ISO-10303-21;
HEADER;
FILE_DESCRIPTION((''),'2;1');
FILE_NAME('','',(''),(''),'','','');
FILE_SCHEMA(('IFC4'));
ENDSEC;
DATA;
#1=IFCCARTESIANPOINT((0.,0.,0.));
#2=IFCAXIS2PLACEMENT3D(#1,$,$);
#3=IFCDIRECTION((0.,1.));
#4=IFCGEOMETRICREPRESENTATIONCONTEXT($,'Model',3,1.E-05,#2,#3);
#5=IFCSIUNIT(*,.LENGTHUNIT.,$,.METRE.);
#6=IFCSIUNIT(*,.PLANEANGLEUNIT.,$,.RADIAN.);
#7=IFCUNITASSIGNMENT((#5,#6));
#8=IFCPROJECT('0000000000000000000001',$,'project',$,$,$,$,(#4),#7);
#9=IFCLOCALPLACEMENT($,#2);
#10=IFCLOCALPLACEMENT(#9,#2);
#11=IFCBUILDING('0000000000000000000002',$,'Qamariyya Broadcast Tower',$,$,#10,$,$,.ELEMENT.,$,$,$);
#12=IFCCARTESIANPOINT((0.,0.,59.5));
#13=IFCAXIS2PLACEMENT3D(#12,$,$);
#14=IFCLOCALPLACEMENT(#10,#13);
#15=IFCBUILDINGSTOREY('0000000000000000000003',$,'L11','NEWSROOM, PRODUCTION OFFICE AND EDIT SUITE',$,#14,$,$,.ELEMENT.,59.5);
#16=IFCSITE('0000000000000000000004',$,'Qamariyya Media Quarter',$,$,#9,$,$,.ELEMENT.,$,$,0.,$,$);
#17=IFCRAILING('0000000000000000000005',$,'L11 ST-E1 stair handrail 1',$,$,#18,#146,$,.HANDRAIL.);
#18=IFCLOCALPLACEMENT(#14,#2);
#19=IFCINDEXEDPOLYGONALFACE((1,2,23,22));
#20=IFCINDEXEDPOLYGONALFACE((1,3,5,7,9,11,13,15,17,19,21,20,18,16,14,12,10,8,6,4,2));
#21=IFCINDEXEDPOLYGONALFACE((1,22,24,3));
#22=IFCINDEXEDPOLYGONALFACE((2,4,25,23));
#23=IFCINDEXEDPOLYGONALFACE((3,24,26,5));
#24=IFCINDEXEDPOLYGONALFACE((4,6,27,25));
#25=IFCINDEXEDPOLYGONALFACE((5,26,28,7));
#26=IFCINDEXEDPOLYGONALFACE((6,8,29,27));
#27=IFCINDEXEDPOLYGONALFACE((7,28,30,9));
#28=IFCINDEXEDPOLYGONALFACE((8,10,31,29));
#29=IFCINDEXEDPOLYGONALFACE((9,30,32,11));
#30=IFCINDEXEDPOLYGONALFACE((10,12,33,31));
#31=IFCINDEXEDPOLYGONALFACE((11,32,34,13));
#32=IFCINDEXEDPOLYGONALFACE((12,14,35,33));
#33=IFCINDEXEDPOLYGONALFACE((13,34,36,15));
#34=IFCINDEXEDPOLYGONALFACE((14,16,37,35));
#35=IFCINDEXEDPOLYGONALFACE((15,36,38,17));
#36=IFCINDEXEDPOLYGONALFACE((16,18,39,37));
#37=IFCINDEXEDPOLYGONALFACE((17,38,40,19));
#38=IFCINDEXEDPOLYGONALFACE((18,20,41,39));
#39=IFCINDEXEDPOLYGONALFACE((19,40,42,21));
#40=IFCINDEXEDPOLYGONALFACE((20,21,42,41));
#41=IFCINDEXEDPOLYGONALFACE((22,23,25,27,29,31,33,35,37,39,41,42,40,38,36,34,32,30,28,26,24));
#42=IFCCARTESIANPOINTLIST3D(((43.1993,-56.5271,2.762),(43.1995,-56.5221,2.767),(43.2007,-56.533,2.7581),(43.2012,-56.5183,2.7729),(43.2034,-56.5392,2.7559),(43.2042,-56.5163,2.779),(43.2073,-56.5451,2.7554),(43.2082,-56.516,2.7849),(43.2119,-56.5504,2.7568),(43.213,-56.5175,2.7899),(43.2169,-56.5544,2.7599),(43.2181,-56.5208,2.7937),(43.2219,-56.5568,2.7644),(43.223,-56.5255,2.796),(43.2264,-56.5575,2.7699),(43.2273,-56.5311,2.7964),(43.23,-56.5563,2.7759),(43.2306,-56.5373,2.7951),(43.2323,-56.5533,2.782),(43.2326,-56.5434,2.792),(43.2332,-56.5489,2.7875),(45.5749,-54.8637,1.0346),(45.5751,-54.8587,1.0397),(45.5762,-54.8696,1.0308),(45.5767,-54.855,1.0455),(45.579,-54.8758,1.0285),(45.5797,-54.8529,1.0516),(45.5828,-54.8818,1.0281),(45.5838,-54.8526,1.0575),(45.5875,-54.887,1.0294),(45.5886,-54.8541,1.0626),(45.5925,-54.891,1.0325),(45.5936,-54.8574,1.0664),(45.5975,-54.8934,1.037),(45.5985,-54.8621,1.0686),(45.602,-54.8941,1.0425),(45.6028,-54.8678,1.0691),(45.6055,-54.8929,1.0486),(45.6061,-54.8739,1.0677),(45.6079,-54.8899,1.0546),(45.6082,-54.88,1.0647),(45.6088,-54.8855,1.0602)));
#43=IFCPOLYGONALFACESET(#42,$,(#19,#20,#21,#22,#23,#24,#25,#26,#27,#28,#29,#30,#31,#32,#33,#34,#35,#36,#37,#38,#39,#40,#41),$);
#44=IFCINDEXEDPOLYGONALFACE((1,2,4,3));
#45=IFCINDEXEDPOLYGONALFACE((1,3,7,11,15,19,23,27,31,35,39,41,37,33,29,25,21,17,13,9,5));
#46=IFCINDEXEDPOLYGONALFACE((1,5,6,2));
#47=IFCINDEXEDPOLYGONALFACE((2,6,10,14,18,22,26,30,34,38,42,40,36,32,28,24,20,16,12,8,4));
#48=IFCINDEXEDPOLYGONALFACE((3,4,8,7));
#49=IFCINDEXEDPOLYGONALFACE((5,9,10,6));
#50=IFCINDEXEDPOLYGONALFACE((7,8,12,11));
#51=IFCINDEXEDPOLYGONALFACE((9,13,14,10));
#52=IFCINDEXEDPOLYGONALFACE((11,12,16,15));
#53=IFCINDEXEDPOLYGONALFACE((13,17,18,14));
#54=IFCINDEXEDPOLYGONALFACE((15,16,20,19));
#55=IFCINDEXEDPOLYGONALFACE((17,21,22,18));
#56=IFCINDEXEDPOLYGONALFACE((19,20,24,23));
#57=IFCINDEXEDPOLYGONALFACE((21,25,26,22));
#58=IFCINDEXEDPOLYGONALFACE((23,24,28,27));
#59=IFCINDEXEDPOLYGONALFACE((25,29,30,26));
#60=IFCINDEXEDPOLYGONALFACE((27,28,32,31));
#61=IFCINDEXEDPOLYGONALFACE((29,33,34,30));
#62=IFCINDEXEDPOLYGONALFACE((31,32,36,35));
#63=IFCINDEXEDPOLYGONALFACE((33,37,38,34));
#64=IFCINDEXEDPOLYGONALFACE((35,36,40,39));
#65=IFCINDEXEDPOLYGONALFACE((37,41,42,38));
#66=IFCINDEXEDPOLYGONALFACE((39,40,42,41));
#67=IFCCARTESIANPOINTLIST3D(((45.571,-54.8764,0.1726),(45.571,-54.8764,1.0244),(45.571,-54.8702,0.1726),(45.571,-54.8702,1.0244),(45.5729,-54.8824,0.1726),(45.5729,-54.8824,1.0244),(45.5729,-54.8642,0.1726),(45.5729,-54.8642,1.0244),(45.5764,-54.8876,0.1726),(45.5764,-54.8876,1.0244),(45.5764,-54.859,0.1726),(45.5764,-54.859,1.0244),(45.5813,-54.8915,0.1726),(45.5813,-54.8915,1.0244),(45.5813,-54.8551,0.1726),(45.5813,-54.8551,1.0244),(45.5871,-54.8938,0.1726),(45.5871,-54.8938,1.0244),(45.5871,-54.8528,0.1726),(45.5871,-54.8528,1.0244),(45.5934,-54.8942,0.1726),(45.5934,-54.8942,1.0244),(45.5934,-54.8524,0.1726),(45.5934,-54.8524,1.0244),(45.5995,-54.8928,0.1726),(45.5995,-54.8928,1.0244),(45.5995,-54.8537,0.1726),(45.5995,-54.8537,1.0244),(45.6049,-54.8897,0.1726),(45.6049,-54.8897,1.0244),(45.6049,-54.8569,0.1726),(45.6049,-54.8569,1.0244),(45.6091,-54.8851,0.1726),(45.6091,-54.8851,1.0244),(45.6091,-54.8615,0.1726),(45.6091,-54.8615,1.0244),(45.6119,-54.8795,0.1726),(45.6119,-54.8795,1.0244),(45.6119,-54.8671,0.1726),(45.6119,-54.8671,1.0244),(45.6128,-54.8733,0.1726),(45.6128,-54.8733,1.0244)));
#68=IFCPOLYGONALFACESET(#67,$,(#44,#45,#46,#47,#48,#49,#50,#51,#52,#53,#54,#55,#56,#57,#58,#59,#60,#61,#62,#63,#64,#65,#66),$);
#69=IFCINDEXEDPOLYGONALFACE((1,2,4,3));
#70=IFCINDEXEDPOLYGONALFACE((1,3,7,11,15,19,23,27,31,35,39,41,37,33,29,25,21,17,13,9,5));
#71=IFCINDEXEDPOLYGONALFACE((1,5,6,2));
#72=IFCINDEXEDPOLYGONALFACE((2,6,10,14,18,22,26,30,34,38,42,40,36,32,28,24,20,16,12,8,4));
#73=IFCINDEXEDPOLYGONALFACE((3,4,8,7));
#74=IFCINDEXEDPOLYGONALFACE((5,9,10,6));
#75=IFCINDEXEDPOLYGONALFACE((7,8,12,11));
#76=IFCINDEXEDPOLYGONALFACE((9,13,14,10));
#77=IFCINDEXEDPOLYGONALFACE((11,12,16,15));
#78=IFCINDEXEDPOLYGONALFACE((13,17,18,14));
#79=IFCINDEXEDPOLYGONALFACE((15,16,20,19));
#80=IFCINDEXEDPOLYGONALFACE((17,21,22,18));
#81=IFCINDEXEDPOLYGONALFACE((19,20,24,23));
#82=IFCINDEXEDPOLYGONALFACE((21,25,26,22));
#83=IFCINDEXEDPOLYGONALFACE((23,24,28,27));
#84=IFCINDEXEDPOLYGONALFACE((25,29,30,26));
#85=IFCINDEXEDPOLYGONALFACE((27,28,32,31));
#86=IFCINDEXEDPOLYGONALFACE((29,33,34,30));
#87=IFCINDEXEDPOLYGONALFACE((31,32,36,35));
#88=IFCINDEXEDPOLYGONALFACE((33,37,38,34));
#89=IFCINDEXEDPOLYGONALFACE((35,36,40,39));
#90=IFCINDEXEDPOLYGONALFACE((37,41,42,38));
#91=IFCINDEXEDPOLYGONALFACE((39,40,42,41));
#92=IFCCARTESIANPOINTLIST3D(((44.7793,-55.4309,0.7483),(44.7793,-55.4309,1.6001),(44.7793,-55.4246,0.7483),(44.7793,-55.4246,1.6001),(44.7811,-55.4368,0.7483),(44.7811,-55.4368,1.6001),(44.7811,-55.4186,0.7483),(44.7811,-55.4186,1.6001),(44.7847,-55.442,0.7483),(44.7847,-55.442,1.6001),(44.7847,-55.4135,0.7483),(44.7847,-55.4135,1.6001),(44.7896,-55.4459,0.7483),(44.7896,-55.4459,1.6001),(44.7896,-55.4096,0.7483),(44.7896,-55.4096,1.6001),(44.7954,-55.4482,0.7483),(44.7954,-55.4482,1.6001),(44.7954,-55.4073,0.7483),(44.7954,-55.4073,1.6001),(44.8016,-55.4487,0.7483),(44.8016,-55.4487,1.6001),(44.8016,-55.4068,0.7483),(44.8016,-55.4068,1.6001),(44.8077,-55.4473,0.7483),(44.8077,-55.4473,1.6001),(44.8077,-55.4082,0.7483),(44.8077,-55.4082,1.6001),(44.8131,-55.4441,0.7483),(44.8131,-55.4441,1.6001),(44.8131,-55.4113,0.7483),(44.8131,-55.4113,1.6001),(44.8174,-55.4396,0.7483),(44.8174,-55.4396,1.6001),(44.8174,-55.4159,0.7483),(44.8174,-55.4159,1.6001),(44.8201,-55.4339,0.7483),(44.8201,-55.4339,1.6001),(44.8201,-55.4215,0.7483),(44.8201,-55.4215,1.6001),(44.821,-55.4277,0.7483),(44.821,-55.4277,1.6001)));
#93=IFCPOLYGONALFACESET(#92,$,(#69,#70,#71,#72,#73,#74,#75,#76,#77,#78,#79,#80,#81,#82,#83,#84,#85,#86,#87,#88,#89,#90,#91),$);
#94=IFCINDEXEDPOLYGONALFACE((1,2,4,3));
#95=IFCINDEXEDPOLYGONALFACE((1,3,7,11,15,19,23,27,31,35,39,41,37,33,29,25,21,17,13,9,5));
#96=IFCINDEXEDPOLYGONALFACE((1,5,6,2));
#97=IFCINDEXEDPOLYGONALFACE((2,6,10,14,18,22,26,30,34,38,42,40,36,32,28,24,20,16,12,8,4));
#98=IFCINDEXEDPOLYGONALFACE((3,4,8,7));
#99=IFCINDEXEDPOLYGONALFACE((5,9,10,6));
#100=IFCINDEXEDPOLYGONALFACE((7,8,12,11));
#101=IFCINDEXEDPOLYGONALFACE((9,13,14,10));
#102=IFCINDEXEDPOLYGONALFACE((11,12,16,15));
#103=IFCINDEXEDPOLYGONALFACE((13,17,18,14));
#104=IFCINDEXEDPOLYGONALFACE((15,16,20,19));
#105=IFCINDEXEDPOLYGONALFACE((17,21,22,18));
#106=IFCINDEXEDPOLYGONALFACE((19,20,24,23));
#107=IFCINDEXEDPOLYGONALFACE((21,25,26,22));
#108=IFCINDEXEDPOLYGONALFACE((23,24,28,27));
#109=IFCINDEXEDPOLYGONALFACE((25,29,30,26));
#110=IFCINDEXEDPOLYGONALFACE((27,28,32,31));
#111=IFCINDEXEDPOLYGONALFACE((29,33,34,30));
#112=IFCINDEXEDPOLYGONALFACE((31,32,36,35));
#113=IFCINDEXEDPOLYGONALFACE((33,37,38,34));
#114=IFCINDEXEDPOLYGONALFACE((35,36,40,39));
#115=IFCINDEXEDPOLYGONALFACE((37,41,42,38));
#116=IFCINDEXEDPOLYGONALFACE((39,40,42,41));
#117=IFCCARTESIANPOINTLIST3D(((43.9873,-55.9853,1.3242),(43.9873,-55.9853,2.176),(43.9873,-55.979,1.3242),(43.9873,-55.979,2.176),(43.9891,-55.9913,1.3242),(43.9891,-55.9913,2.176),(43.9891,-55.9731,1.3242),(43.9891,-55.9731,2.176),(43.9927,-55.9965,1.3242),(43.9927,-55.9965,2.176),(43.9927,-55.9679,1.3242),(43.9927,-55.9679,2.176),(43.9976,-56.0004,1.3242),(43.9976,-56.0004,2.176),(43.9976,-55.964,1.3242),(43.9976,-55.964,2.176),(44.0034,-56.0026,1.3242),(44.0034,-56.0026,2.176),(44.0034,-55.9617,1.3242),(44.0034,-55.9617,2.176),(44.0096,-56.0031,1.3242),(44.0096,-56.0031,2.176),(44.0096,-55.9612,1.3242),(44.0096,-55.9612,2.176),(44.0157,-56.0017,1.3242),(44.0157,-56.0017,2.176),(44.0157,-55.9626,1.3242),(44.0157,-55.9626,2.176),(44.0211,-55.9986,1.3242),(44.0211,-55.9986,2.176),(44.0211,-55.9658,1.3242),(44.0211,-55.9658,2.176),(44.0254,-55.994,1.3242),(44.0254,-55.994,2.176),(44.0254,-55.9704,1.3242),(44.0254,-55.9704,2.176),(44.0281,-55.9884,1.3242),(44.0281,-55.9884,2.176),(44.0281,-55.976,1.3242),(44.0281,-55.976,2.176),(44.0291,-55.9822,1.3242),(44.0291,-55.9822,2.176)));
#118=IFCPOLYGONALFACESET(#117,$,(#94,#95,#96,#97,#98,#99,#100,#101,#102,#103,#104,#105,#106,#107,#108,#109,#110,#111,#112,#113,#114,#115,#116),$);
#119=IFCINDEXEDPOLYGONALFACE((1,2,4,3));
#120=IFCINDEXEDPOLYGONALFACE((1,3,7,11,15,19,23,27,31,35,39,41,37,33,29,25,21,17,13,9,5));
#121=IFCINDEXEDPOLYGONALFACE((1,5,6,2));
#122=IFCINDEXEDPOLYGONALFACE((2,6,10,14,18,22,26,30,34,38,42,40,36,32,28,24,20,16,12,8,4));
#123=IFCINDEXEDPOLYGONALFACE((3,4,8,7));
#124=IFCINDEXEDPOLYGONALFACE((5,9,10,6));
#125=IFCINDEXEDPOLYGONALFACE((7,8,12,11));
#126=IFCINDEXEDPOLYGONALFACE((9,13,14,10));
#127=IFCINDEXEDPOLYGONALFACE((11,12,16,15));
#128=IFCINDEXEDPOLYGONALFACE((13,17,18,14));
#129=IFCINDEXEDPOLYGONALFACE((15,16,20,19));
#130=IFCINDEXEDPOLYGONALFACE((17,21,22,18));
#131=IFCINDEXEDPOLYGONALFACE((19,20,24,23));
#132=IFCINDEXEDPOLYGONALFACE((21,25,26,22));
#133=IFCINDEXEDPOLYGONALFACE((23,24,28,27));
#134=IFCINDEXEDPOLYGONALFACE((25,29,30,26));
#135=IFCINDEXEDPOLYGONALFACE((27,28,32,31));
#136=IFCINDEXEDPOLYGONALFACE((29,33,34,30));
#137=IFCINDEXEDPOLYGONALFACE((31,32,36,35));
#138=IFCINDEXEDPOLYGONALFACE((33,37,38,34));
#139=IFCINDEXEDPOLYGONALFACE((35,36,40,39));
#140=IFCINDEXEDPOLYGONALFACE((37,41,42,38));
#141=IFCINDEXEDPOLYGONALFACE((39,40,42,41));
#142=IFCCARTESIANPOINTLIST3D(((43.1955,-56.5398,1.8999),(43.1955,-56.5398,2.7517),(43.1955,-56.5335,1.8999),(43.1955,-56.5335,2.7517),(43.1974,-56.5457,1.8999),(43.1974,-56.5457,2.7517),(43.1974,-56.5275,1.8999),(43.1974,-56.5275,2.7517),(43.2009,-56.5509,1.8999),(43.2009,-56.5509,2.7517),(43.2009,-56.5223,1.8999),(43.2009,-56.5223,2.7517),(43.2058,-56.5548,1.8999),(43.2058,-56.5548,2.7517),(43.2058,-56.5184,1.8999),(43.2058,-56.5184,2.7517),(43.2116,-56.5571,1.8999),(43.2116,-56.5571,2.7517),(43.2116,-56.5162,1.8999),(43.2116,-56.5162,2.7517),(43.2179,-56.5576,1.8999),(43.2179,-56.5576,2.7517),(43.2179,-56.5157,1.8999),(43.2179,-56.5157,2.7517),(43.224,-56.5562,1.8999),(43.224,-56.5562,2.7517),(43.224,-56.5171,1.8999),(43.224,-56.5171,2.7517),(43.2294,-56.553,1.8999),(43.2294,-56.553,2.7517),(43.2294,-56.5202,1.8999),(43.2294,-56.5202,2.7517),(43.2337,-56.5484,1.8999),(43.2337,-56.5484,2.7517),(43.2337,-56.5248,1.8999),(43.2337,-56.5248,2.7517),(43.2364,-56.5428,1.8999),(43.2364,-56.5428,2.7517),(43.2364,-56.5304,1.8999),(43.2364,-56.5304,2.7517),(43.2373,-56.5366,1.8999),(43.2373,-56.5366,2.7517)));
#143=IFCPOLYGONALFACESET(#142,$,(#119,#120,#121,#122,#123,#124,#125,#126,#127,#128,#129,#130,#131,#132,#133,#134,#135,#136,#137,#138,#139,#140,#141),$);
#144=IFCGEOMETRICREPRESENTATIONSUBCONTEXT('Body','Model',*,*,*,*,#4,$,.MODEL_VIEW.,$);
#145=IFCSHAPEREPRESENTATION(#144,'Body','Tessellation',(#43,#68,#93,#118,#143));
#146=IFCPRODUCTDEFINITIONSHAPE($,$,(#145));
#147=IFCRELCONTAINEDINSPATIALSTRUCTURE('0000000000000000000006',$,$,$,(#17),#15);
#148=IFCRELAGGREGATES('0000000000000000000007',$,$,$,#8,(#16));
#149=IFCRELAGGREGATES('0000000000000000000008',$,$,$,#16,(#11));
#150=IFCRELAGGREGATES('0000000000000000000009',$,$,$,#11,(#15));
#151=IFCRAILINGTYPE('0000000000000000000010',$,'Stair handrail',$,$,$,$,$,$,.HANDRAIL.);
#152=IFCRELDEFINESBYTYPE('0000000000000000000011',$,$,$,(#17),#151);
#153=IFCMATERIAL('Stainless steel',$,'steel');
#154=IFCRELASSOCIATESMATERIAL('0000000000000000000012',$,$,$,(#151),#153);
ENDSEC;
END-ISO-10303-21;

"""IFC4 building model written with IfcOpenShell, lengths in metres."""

from ifc_helpers import new_model, si_unit, direction, frame, origin, origin_2d, place, context, subcontext, project, spatial, circle, extrude, material, type_object, element, save


model = new_model("IFC4")

# Units and contexts
model_context = context("Model", 3, precision=1e-05, world=origin(), true_north=direction((0.0, 1.0)))
body_context = subcontext(model_context, "Body", "Model", "MODEL_VIEW")
ifc_project = project(units=[si_unit("LENGTHUNIT", "METRE"), si_unit("PLANEANGLEUNIT", "RADIAN")], contexts=[model_context])

# Site, building, storey
site_placement = place(None, origin())
site = spatial("IfcSite", under=ifc_project, at=site_placement, Name="Qamariyya Media Quarter", CompositionType="ELEMENT", RefElevation=0.0)
building_placement = place(site_placement, origin())
building = spatial("IfcBuilding", under=site, at=building_placement, Name="Qamariyya Broadcast Tower", CompositionType="ELEMENT")
storey_placement = place(building_placement, frame((0.0, 0.0, 59.5)))
storey = spatial("IfcBuildingStorey", under=building, at=storey_placement, Name="L11", Description="NEWSROOM, PRODUCTION OFFICE AND EDIT SUITE", CompositionType="ELEMENT", Elevation=59.5)

# Railing
ifc_material_1 = material(Name="Stainless steel", Category="steel")
railing_type_1 = type_object("IfcRailingType", Name="Stair handrail", PredefinedType="HANDRAIL", material=ifc_material_1)
railing_1_placement = place(storey_placement, frame((45.5918, -54.8733, 0.1726)))
element("IfcRailing", 1, at=railing_1_placement, inside=storey, type_object=railing_type_1, Name="L11 ST-E1 stair handrail 1", PredefinedType="HANDRAIL", context=body_context, shape_type="SweptSolid", body=[
    extrude(circle(Radius=0.0239, at=origin_2d()), frame((0.0, 0.0, 0.876), z_axis=(-0.70377, -0.492784, 0.511734), x_axis=(0.573575, -0.819153, 0.0)), (0.0, 0.0, 1.0), 3.3755),
    extrude(circle(Radius=0.021, at=origin_2d()), origin(), (0.0, 0.0, 1.0), 0.8518),
    extrude(circle(Radius=0.021, at=origin_2d()), frame((-0.7917, -0.5544, 0.5757)), (0.0, 0.0, 1.0), 0.8518),
    extrude(circle(Radius=0.021, at=origin_2d()), frame((-1.5837, -1.1089, 1.1516)), (0.0, 0.0, 1.0), 0.8518),
    extrude(circle(Radius=0.021, at=origin_2d()), frame((-2.3755, -1.6633, 1.7273)), (0.0, 0.0, 1.0), 0.8518),
])

save(model, "model.ifc")
